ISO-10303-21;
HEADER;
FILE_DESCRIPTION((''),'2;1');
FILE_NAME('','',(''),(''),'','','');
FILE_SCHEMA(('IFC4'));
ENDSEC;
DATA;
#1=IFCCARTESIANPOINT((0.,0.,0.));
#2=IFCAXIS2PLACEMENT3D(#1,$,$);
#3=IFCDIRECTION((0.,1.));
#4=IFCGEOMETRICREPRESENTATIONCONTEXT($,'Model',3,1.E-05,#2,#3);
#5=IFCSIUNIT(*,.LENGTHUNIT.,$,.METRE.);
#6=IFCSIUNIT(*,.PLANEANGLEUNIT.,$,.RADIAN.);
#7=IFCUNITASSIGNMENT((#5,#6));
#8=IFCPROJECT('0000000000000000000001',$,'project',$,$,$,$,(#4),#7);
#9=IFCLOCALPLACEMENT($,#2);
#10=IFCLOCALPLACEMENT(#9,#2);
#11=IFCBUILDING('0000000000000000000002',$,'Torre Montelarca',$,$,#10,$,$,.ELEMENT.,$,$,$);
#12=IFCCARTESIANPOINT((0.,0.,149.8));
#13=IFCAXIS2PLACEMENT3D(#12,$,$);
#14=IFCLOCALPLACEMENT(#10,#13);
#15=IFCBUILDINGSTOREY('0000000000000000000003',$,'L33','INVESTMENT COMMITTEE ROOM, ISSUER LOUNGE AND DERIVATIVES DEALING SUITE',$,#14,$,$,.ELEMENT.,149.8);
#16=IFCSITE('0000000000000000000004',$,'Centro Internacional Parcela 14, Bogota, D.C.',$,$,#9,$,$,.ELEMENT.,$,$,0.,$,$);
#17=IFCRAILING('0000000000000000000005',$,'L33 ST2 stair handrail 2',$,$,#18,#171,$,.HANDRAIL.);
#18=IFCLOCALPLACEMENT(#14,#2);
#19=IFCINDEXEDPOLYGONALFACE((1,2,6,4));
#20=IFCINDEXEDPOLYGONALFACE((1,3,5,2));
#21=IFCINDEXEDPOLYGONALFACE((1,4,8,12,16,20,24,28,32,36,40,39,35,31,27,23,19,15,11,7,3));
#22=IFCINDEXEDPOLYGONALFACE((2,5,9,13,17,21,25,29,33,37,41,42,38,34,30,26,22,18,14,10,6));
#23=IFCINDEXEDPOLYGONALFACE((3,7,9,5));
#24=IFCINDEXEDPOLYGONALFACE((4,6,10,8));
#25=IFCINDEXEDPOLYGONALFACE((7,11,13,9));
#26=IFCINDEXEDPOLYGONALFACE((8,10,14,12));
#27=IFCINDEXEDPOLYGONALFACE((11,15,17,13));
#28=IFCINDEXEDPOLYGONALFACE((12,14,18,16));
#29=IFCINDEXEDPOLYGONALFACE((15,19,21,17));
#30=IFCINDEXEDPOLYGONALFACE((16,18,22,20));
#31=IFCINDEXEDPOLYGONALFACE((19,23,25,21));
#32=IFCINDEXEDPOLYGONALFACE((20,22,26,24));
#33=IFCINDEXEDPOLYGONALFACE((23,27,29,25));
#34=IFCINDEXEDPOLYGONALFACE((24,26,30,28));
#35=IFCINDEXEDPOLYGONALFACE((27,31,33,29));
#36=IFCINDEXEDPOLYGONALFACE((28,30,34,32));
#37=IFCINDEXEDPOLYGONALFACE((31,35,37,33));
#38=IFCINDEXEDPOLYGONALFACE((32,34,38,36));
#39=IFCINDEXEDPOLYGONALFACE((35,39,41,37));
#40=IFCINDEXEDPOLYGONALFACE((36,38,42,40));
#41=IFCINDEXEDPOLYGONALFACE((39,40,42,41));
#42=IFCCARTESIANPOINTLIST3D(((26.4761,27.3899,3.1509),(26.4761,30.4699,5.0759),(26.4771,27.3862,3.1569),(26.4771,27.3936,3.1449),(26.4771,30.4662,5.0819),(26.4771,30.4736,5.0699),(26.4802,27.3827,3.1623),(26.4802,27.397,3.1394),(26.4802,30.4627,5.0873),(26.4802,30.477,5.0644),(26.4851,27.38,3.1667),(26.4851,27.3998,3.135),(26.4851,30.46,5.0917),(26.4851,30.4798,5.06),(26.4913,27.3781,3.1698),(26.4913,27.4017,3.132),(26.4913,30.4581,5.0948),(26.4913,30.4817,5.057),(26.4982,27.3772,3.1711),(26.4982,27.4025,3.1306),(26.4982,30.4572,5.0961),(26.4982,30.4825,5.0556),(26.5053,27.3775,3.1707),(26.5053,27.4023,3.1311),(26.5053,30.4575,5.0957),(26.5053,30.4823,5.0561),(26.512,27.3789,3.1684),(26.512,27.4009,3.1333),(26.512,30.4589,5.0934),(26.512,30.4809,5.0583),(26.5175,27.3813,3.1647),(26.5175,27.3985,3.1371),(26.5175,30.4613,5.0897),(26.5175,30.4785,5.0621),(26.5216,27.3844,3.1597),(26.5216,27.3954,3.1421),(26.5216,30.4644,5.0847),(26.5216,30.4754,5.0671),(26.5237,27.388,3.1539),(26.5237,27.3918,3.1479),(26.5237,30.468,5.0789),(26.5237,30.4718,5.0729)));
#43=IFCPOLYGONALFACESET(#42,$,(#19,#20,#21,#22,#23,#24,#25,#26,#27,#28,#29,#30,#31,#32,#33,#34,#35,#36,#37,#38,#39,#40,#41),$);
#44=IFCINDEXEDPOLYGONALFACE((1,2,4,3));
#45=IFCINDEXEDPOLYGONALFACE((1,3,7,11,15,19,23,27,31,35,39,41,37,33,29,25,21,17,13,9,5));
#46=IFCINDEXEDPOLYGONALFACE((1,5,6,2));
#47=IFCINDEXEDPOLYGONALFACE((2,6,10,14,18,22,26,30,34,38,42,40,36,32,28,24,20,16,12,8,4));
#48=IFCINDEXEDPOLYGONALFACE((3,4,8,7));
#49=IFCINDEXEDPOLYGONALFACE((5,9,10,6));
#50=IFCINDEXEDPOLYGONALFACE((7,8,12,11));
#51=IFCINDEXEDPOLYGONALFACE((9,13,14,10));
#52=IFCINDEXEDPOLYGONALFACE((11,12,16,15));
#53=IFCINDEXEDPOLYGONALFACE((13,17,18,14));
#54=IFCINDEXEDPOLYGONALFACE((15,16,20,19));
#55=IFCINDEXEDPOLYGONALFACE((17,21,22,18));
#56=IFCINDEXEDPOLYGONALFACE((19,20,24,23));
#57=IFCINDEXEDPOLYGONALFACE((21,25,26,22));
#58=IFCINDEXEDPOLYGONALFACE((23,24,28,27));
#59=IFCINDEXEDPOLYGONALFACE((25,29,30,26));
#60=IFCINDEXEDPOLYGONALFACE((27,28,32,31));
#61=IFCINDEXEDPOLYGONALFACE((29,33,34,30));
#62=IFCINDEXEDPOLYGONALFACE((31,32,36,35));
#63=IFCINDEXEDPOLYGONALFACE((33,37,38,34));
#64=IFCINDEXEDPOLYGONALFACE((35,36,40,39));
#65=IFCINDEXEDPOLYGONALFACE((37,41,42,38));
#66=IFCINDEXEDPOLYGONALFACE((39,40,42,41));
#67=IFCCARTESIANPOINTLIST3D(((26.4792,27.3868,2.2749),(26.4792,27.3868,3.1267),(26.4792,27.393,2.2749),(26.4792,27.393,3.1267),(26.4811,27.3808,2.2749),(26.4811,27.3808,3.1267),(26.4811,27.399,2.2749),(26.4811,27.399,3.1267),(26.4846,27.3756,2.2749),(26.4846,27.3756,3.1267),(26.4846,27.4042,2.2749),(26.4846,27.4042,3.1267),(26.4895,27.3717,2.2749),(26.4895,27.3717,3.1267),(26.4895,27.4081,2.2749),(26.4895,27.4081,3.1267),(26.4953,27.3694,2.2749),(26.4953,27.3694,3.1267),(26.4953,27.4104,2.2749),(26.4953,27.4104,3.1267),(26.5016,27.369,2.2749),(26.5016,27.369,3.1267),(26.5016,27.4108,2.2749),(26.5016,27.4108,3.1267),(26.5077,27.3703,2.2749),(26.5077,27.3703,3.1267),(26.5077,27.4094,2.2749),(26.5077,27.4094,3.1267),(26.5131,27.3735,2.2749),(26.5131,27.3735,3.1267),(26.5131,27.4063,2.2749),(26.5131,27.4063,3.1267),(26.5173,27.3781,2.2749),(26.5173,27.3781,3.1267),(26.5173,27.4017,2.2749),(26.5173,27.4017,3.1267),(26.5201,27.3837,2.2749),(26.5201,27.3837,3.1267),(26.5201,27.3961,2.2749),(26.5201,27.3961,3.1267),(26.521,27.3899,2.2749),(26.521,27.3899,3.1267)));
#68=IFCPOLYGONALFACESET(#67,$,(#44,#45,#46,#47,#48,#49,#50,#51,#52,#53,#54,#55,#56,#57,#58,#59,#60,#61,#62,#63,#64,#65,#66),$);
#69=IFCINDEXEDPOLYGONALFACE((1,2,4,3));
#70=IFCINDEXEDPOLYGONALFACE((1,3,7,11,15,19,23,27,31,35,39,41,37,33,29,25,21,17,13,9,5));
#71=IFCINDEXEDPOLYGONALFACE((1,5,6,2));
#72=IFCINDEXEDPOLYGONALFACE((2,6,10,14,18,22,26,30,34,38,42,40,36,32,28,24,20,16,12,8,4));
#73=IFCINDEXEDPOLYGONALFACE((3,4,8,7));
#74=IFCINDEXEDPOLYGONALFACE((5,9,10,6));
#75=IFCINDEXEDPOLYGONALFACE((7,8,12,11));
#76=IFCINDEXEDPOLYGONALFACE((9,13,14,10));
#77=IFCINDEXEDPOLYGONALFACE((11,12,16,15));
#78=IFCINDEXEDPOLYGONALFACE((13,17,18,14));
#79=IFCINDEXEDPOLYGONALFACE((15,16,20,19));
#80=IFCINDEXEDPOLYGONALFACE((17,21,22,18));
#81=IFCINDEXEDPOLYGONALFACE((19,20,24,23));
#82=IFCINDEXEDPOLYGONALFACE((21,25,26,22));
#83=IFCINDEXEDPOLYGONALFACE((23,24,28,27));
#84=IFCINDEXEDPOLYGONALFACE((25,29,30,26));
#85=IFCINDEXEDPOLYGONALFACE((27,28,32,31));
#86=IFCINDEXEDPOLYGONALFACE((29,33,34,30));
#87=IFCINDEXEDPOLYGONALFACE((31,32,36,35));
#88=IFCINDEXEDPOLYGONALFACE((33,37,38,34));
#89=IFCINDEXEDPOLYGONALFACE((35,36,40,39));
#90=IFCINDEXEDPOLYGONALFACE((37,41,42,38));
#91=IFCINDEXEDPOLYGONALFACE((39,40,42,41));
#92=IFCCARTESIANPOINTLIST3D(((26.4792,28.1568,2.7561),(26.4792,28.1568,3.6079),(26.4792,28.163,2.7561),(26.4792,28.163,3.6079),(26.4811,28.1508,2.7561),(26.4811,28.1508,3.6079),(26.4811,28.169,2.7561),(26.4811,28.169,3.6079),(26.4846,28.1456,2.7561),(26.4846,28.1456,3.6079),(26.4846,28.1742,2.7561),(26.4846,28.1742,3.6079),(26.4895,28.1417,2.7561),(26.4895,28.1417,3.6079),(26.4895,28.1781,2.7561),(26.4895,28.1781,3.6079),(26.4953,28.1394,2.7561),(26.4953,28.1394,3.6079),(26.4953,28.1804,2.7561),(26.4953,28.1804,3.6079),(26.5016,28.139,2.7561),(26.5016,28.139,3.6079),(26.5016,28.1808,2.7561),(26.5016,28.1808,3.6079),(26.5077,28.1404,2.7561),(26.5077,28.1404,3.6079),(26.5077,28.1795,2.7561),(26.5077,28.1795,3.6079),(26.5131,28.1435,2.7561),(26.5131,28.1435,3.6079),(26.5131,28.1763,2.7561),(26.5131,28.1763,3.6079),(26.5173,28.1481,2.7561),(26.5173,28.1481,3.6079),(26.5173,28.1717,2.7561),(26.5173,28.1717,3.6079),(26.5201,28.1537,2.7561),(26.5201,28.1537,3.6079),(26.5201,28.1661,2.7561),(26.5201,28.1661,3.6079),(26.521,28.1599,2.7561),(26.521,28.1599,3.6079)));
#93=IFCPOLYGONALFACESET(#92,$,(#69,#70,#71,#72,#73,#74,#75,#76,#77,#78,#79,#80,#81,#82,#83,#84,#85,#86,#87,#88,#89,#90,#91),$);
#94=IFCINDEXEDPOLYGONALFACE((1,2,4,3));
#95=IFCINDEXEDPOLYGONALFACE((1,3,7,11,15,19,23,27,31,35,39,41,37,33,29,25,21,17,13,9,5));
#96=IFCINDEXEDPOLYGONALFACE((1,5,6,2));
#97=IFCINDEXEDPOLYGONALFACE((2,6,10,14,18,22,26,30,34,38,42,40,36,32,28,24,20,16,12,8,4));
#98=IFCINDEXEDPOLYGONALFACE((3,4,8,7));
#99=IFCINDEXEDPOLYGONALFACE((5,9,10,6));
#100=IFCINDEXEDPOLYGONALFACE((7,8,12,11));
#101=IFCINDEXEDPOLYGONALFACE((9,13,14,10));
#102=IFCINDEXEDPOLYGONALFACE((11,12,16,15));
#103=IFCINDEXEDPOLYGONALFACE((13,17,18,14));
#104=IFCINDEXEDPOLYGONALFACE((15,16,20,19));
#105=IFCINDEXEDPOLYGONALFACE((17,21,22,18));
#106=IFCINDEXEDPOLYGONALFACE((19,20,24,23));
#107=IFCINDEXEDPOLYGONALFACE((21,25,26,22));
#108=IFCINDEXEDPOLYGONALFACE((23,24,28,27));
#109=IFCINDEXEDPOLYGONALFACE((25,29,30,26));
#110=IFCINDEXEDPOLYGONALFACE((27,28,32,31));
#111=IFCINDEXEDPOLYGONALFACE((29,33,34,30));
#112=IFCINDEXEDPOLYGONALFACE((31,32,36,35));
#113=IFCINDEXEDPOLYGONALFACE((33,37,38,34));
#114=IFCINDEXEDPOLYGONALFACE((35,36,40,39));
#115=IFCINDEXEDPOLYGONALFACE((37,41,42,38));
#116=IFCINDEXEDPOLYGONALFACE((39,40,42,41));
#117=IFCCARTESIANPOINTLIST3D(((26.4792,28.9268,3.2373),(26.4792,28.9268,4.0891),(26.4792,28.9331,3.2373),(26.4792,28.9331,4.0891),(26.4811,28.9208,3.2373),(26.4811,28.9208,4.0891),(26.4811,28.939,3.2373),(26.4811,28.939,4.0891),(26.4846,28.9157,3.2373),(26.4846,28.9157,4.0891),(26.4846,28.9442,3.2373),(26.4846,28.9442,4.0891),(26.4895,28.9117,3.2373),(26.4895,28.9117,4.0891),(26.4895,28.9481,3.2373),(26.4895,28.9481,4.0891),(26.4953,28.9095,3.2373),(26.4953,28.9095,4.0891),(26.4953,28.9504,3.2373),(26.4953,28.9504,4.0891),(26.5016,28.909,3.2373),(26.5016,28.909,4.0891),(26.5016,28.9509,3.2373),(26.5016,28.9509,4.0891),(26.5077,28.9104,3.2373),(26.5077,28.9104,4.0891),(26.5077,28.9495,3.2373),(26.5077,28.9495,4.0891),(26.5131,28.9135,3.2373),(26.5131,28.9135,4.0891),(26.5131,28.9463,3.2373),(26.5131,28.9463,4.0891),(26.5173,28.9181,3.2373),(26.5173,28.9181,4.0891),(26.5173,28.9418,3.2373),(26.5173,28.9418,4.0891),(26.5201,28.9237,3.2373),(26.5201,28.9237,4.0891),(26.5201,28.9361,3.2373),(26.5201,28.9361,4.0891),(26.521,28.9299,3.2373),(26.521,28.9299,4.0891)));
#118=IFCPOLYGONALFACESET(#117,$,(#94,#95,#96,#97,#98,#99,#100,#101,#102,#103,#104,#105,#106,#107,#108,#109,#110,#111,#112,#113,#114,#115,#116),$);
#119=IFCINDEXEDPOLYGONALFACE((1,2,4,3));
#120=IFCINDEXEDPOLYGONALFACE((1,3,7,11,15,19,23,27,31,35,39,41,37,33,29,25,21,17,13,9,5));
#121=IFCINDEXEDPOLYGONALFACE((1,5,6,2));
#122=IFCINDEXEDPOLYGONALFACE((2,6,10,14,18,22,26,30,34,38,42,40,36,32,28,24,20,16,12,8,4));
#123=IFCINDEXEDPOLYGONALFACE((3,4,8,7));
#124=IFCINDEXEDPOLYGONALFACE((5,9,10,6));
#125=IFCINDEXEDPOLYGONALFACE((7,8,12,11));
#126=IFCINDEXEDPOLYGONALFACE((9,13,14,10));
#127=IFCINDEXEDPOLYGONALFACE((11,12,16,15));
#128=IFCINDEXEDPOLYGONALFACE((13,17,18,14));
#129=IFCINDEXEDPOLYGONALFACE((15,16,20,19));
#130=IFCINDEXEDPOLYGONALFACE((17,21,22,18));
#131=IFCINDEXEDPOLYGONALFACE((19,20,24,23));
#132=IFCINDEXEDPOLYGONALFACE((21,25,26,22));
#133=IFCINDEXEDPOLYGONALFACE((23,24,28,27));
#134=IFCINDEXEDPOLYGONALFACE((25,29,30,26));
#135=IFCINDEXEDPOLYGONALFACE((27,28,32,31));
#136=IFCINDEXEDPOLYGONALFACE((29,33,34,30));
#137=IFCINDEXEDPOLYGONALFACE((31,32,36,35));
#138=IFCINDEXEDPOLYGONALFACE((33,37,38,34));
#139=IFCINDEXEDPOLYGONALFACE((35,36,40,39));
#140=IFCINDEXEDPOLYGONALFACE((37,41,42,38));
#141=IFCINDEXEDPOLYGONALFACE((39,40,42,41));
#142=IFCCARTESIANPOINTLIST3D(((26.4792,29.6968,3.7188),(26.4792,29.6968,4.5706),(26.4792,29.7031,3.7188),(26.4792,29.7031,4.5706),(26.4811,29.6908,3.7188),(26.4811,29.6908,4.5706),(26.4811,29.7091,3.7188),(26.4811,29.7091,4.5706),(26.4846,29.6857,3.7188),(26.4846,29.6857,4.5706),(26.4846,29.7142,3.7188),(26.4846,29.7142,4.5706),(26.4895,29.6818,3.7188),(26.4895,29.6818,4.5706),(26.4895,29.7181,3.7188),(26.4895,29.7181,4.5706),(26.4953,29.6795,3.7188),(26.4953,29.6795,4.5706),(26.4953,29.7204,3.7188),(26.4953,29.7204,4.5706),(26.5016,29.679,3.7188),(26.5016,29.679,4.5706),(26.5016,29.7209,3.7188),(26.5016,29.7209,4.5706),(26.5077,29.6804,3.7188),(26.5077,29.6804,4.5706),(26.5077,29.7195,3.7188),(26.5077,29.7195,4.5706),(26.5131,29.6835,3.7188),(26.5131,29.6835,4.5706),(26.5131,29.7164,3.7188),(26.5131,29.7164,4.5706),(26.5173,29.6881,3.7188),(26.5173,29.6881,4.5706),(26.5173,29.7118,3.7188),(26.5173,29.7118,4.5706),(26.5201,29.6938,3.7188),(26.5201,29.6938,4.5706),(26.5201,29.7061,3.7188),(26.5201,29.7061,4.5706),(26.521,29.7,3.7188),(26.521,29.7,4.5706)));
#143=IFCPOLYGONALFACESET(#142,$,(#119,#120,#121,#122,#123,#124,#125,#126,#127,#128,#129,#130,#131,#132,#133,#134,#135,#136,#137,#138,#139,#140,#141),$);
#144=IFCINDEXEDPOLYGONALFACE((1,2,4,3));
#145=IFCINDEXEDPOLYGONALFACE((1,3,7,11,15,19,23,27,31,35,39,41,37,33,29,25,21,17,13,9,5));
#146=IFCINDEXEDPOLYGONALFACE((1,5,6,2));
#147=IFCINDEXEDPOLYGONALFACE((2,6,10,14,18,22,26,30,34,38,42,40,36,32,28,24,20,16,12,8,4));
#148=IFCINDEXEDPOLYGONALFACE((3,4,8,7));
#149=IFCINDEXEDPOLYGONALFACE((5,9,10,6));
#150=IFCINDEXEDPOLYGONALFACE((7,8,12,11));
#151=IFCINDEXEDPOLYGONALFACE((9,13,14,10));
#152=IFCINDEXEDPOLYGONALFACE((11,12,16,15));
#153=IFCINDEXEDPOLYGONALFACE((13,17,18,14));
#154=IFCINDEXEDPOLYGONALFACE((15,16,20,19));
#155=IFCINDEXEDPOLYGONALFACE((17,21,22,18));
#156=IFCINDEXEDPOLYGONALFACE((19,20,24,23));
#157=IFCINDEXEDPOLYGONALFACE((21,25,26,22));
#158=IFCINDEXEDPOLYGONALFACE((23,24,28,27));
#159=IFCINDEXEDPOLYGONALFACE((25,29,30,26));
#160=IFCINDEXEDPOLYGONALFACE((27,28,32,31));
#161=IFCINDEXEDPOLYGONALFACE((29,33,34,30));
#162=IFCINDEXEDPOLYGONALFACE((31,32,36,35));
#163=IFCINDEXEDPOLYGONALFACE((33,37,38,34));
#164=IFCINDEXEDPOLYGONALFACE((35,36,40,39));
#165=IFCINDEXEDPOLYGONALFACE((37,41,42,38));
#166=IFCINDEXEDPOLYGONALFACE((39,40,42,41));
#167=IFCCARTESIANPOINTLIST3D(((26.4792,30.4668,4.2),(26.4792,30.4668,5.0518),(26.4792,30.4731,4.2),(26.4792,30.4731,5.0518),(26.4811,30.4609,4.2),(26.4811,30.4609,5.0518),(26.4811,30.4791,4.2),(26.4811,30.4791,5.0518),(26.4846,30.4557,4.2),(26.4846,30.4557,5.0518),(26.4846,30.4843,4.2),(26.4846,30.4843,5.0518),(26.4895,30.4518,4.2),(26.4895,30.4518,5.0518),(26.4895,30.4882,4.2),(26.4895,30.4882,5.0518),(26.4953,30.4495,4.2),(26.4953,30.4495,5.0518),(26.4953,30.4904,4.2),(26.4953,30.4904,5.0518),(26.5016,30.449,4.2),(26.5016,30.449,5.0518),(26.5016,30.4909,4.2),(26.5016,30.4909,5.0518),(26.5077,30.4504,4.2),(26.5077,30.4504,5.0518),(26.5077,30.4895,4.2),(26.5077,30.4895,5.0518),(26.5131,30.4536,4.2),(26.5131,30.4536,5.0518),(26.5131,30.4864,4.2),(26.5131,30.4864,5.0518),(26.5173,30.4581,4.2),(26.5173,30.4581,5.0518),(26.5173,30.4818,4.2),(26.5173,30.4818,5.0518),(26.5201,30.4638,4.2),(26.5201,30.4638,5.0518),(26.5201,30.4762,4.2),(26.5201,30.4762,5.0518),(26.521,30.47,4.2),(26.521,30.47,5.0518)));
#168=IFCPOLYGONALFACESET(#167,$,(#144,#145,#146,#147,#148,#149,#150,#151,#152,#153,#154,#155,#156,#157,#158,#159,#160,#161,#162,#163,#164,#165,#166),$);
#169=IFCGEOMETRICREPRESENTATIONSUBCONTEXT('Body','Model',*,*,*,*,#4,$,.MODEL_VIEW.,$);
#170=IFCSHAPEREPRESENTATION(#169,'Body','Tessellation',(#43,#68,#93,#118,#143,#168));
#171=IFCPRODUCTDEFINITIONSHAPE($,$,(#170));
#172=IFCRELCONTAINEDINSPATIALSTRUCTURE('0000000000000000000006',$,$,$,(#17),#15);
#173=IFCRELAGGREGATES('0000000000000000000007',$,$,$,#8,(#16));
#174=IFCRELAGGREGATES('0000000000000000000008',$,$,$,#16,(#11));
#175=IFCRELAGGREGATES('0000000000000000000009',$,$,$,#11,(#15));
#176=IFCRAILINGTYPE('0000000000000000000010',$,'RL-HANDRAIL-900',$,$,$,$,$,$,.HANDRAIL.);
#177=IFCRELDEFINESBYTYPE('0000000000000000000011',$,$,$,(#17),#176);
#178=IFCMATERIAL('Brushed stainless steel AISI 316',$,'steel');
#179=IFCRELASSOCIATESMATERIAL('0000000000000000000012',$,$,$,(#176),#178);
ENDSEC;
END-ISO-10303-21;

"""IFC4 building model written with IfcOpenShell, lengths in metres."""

from ifc_helpers import new_model, si_unit, direction, frame, origin, origin_2d, place, context, subcontext, project, spatial, circle, extrude, material, type_object, element, save


model = new_model("IFC4")

# Units and contexts
model_context = context("Model", 3, precision=1e-05, world=origin(), true_north=direction((0.0, 1.0)))
body_context = subcontext(model_context, "Body", "Model", "MODEL_VIEW")
ifc_project = project(units=[si_unit("LENGTHUNIT", "METRE"), si_unit("PLANEANGLEUNIT", "RADIAN")], contexts=[model_context])

# Site, building, storey
site_placement = place(None, origin())
site = spatial("IfcSite", under=ifc_project, at=site_placement, Name="Centro Internacional Parcela 14, Bogota, D.C.", CompositionType="ELEMENT", RefElevation=0.0)
building_placement = place(site_placement, origin())
building = spatial("IfcBuilding", under=site, at=building_placement, Name="Torre Montelarca", CompositionType="ELEMENT")
storey_placement = place(building_placement, frame((0.0, 0.0, 149.8)))
storey = spatial("IfcBuildingStorey", under=building, at=storey_placement, Name="L33", Description="INVESTMENT COMMITTEE ROOM, ISSUER LOUNGE AND DERIVATIVES DEALING SUITE", CompositionType="ELEMENT", Elevation=149.8)

# Railing
ifc_material_1 = material(Name="Brushed stainless steel AISI 316", Category="steel")
railing_type_1 = type_object("IfcRailingType", Name="RL-HANDRAIL-900", PredefinedType="HANDRAIL", material=ifc_material_1)
railing_1_placement = place(storey_placement, frame((26.5, 27.3899, 2.2749)))
element("IfcRailing", 1, at=railing_1_placement, inside=storey, type_object=railing_type_1, Name="L33 ST2 stair handrail 2", PredefinedType="HANDRAIL", context=body_context, shape_type="SweptSolid", body=[
    extrude(circle(Radius=0.0239, at=origin_2d()), frame((0.0, 0.0, 0.876), z_axis=(0.0, 0.847998, 0.529999), x_axis=(-1.0, 0.0, 0.0)), (0.0, 0.0, 1.0), 3.6321),
    extrude(circle(Radius=0.021, at=origin_2d()), origin(), (0.0, 0.0, 1.0), 0.8518),
    extrude(circle(Radius=0.021, at=origin_2d()), frame((0.0, 0.77, 0.4812)), (0.0, 0.0, 1.0), 0.8518),
    extrude(circle(Radius=0.021, at=origin_2d()), frame((0.0, 1.54, 0.9624)), (0.0, 0.0, 1.0), 0.8518),
    extrude(circle(Radius=0.021, at=origin_2d()), frame((0.0, 2.3101, 1.4438)), (0.0, 0.0, 1.0), 0.8518),
    extrude(circle(Radius=0.021, at=origin_2d()), frame((0.0, 3.0801, 1.925)), (0.0, 0.0, 1.0), 0.8518),
])

save(model, "model.ifc")
